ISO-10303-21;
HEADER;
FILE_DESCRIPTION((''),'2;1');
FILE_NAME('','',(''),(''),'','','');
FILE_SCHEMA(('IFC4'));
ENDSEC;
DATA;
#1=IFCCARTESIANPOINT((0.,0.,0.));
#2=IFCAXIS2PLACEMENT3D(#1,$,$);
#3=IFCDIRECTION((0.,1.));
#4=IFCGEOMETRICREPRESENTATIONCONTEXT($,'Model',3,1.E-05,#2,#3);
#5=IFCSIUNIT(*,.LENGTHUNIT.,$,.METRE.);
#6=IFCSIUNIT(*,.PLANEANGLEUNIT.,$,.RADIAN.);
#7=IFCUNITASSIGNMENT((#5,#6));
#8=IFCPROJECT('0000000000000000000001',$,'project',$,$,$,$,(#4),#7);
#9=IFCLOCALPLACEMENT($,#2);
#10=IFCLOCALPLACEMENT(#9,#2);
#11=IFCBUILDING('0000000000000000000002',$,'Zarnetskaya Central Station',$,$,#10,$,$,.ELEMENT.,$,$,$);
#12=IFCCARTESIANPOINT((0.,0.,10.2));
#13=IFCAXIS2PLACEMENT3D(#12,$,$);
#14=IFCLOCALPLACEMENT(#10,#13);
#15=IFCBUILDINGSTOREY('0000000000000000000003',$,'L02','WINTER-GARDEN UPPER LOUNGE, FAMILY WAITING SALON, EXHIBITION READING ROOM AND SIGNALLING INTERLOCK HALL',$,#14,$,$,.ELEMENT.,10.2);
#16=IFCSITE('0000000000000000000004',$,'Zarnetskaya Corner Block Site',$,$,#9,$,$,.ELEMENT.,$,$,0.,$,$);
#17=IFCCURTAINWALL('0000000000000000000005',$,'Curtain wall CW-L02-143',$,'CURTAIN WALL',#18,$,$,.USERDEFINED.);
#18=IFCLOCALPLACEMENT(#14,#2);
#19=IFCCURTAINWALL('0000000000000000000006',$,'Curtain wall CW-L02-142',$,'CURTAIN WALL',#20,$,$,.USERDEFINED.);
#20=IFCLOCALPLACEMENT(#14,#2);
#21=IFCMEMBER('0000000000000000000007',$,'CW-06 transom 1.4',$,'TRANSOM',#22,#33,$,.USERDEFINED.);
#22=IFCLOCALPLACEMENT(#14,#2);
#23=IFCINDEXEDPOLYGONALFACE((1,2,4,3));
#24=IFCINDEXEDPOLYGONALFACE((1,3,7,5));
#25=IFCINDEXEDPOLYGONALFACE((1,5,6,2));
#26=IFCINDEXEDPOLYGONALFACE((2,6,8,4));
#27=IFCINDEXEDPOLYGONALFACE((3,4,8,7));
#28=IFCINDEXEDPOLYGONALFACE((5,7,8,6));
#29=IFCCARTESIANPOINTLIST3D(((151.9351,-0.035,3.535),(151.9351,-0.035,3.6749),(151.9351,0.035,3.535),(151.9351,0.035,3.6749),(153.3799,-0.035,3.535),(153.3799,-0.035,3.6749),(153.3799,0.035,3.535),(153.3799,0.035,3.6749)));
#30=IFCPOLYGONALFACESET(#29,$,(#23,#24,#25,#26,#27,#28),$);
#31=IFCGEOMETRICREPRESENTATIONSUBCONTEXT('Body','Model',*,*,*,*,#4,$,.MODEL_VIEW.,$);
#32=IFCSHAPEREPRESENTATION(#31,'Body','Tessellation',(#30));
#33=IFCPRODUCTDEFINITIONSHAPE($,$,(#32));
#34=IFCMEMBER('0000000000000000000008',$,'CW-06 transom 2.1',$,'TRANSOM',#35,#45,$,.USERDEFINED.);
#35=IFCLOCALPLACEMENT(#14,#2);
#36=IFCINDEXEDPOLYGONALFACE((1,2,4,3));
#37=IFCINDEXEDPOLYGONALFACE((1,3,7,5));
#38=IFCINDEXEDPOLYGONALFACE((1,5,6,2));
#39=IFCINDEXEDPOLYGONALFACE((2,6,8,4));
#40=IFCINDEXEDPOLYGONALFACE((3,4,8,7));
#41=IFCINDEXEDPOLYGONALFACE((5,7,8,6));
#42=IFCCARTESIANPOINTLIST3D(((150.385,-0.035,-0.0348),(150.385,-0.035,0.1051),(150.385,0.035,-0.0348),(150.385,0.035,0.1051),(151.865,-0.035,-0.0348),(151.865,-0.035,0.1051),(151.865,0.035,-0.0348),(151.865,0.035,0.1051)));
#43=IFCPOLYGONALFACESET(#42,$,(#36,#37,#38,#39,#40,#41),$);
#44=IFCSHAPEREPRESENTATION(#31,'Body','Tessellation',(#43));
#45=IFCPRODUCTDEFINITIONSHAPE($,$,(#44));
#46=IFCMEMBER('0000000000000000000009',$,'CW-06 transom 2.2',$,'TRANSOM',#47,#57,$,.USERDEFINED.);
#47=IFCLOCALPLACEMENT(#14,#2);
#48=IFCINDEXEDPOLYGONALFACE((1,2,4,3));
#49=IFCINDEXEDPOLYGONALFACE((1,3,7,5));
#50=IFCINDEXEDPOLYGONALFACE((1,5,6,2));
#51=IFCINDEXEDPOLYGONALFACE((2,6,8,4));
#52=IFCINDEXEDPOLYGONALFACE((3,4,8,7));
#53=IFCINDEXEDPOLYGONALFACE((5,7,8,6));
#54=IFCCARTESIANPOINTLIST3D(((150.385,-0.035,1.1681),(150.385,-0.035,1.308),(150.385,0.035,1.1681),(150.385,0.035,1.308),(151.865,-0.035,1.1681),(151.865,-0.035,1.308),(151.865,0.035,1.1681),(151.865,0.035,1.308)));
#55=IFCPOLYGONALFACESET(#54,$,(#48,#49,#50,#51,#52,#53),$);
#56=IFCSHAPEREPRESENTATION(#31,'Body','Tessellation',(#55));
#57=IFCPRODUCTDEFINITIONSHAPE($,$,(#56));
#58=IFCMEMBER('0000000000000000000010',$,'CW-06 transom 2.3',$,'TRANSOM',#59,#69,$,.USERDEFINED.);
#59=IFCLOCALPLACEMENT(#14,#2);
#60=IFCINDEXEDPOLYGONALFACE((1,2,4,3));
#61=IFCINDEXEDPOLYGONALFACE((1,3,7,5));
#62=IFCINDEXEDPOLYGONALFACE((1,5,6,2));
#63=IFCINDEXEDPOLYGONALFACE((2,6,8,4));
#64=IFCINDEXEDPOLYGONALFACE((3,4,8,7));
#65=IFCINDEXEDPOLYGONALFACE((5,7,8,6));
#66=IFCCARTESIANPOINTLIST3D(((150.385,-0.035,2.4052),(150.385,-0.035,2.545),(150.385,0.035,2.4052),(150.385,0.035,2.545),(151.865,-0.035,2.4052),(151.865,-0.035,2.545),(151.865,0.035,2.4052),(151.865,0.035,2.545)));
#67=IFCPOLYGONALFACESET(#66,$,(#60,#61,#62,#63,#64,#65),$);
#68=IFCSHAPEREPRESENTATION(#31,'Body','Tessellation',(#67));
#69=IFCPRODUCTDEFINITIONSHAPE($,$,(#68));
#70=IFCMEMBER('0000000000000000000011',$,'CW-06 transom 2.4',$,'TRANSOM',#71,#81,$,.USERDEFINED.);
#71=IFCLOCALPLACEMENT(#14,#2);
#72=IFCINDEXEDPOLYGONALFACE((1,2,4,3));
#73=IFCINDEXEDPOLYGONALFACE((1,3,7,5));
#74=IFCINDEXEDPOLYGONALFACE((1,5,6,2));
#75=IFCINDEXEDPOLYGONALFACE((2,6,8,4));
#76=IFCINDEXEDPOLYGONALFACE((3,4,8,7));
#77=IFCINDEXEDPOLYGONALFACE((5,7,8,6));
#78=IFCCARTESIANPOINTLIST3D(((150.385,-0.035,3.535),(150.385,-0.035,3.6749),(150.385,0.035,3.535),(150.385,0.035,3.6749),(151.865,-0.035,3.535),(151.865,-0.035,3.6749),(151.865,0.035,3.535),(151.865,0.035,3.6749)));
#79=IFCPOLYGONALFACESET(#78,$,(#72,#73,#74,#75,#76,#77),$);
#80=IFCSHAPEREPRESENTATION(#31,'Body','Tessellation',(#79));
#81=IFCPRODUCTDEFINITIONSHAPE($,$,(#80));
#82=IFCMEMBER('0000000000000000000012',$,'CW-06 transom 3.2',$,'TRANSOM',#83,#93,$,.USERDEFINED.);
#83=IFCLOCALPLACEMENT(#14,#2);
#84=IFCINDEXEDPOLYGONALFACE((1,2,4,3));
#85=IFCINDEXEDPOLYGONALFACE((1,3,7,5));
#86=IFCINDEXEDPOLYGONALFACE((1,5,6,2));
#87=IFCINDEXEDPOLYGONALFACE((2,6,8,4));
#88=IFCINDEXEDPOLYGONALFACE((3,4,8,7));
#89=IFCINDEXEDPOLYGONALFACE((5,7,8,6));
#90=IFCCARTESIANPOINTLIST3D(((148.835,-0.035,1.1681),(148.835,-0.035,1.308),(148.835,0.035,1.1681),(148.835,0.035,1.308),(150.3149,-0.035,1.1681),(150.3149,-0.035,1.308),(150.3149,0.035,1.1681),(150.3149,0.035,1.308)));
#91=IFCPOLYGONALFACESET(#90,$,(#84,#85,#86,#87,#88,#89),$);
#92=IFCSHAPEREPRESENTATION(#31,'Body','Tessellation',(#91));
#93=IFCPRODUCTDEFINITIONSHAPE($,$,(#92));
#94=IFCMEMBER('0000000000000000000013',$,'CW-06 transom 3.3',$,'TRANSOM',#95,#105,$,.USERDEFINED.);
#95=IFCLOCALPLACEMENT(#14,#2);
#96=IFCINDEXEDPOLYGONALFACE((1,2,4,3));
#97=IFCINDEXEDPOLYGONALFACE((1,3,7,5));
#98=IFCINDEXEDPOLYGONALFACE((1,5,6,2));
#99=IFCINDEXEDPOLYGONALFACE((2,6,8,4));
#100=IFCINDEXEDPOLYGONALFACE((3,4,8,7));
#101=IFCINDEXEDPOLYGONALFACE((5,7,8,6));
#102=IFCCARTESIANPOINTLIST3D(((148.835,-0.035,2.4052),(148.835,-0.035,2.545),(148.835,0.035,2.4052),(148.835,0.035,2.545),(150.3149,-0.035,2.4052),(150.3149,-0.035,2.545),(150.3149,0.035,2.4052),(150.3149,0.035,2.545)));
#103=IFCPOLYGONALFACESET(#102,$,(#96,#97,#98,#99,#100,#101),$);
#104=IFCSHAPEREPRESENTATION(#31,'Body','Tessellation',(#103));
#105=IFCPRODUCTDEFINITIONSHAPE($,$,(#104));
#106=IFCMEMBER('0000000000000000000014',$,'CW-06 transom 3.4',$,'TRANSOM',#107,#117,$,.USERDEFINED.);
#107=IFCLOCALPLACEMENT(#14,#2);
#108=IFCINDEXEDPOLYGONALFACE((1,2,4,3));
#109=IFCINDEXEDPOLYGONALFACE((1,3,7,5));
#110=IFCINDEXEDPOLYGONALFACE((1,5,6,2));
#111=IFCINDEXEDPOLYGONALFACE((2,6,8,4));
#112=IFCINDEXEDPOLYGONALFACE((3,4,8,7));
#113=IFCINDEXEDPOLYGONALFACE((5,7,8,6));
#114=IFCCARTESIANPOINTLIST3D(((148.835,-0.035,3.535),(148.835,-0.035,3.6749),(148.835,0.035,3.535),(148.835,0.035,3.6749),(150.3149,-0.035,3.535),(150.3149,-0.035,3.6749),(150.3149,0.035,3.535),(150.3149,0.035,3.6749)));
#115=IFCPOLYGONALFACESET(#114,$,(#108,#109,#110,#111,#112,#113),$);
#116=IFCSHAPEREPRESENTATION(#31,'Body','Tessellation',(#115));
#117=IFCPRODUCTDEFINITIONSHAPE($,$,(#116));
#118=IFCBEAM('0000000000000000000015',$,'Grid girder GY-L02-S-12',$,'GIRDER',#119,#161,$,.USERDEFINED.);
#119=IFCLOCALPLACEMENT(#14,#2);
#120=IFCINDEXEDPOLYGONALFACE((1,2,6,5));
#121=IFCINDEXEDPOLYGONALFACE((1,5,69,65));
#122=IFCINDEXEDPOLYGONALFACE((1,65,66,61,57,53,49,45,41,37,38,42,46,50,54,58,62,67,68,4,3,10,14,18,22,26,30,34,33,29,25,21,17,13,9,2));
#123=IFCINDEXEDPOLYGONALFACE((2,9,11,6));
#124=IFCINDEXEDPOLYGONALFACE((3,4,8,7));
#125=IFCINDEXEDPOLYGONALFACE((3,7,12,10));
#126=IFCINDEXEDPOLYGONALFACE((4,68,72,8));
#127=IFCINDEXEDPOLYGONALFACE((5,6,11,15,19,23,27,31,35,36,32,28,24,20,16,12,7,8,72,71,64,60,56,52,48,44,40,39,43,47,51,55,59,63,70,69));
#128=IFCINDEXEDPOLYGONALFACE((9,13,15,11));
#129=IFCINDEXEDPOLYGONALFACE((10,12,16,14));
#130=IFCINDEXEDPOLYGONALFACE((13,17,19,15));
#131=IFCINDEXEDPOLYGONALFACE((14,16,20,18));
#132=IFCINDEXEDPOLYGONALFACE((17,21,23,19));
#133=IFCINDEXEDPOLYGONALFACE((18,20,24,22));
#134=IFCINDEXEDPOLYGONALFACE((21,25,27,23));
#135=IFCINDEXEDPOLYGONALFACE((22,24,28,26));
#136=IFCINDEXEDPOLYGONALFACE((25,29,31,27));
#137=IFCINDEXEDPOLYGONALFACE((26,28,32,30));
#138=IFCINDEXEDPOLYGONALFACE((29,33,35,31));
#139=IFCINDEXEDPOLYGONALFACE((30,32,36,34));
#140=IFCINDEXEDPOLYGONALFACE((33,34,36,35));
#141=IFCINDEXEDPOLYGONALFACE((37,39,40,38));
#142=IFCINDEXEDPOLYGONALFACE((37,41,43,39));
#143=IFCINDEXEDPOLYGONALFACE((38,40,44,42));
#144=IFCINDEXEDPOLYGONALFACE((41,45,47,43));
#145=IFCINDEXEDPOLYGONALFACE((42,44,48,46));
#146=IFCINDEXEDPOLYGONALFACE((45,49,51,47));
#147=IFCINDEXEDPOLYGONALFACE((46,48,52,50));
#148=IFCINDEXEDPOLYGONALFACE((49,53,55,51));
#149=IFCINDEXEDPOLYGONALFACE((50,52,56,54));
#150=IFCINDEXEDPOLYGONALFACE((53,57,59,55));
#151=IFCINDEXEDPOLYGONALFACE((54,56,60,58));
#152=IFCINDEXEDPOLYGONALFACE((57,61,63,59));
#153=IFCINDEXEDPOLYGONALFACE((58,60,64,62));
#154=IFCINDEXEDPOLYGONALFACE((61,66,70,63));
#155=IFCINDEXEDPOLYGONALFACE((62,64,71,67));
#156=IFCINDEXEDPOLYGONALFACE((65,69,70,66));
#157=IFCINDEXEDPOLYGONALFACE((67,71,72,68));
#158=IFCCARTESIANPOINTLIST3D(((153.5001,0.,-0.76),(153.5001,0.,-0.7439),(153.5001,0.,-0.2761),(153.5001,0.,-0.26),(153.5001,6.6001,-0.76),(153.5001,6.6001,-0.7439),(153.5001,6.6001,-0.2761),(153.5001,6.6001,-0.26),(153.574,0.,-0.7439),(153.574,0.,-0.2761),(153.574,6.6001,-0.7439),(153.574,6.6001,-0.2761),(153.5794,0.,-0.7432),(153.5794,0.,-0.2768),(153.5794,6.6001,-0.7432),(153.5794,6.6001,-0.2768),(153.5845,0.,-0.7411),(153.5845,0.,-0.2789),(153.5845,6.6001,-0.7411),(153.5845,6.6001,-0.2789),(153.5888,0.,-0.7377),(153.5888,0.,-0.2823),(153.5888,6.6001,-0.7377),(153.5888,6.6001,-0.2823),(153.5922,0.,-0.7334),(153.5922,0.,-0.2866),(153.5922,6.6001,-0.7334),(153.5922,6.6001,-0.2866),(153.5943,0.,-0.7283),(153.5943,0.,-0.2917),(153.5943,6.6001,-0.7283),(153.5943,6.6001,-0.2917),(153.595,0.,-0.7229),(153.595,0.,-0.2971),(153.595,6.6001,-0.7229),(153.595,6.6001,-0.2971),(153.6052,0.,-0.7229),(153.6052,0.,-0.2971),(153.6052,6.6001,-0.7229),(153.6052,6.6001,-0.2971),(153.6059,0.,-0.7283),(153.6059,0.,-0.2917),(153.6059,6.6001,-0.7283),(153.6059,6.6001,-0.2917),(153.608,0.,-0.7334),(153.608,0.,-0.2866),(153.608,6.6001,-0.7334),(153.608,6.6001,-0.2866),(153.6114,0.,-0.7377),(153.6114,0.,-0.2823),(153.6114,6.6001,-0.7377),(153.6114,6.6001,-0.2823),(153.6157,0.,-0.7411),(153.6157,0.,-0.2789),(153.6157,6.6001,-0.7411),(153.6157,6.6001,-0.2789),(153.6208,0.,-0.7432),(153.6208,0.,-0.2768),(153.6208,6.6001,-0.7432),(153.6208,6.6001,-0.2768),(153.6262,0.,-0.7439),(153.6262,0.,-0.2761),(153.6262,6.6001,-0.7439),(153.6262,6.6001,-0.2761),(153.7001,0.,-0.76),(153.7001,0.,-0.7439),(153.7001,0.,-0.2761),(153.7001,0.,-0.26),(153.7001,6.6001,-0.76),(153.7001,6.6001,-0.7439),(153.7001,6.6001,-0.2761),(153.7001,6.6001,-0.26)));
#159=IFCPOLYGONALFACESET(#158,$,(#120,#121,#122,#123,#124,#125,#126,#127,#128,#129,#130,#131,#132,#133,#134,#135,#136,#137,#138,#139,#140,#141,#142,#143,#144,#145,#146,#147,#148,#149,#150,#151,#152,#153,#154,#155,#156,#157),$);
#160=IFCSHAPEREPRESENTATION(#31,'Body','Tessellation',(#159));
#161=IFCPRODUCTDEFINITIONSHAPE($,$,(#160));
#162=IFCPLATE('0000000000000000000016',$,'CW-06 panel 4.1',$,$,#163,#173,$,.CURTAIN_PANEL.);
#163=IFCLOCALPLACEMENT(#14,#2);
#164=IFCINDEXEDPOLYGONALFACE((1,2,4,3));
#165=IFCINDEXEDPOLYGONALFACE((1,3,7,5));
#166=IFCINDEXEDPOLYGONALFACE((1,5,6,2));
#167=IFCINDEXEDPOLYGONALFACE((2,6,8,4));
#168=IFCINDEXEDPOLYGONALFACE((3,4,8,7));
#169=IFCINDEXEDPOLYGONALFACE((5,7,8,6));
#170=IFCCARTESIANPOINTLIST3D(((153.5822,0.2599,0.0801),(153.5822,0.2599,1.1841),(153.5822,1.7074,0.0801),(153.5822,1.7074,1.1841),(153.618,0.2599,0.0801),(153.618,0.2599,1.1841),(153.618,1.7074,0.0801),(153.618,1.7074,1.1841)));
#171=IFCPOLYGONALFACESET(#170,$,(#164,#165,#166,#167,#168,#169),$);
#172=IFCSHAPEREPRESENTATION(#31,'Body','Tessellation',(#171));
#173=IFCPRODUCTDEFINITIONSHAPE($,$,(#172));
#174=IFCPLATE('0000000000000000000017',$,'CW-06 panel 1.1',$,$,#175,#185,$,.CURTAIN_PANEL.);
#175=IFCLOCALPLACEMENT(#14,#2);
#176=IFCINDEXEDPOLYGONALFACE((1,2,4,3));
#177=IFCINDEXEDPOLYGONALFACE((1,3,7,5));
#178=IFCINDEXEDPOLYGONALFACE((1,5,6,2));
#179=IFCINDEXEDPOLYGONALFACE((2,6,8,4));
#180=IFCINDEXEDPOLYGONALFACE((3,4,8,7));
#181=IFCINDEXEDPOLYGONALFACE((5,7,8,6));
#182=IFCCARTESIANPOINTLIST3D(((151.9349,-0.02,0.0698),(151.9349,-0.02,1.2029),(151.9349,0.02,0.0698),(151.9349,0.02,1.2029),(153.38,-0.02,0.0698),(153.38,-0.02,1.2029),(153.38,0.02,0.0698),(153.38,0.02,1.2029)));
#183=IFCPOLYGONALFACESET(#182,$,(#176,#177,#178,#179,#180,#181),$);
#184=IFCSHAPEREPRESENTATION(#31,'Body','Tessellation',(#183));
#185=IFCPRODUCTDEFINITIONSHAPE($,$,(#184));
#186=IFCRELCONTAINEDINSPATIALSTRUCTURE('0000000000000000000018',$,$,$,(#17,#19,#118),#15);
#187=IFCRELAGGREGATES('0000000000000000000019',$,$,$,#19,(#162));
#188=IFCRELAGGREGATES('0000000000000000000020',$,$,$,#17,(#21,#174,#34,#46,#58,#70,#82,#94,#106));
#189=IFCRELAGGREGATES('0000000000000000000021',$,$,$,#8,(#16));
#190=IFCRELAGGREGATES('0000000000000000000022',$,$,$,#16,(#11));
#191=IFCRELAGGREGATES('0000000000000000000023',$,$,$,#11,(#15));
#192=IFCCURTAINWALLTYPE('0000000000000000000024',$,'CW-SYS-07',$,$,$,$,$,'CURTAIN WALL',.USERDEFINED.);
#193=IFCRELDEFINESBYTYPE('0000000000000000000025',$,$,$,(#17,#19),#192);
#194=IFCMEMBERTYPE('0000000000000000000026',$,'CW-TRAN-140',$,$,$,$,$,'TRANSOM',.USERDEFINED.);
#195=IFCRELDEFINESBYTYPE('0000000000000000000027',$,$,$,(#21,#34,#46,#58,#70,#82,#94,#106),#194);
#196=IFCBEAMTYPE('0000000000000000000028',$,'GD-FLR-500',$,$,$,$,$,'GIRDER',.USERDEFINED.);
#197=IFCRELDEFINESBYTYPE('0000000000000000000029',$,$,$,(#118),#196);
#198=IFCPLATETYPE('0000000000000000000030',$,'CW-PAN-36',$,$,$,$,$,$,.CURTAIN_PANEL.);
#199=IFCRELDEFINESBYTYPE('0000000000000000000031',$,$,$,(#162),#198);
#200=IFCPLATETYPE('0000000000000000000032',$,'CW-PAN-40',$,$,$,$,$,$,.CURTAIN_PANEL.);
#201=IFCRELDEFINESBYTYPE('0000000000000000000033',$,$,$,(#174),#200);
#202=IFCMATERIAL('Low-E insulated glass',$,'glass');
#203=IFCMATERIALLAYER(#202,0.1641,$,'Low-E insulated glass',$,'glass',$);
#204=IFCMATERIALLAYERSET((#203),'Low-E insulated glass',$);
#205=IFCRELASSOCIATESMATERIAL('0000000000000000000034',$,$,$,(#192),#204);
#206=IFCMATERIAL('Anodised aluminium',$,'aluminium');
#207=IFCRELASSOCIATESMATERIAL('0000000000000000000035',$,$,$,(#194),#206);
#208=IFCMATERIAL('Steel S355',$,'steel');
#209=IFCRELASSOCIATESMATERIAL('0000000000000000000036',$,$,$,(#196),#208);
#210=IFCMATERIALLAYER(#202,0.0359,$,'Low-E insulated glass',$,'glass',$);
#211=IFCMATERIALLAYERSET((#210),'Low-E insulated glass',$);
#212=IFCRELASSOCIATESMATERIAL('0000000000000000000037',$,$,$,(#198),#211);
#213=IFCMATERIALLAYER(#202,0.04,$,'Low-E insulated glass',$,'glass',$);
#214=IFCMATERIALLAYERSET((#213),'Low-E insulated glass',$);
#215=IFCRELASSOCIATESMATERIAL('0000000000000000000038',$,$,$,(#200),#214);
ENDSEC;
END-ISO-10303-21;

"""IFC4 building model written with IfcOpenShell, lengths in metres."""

from ifc_helpers import new_model, si_unit, direction, frame, origin, origin_2d, place, context, subcontext, project, spatial, rectangle, i_section, extrude, material, layer, layer_set, material_profile, profile_set, type_object, element, aggregate, save


model = new_model("IFC4")

# Units and contexts
model_context = context("Model", 3, precision=1e-05, world=origin(), true_north=direction((0.0, 1.0)))
body_context = subcontext(model_context, "Body", "Model", "MODEL_VIEW")
ifc_project = project(units=[si_unit("LENGTHUNIT", "METRE"), si_unit("PLANEANGLEUNIT", "RADIAN")], contexts=[model_context])

# Site, building, storey
site_placement = place(None, origin())
site = spatial("IfcSite", under=ifc_project, at=site_placement, Name="Zarnetskaya Corner Block Site", CompositionType="ELEMENT", RefElevation=0.0)
building_placement = place(site_placement, origin())
building = spatial("IfcBuilding", under=site, at=building_placement, Name="Zarnetskaya Central Station", CompositionType="ELEMENT")
storey_placement = place(building_placement, frame((0.0, 0.0, 10.2)))
storey = spatial("IfcBuildingStorey", under=building, at=storey_placement, Name="L02", Description="WINTER-GARDEN UPPER LOUNGE, FAMILY WAITING SALON, EXHIBITION READING ROOM AND SIGNALLING INTERLOCK HALL", CompositionType="ELEMENT", Elevation=10.2)

# Shared definitions
ifc_material_1 = material(Name="Steel S355", Category="steel")

# Curtain wall
ifc_material_2 = material(Name="Low-E insulated glass", Category="glass")
ifc_layer_1 = layer(ifc_material_2, 0.1641, Name="Low-E insulated glass", Category="glass")
ifc_layer_set_1 = layer_set([ifc_layer_1], Name="Low-E insulated glass")
curtain_wall_type = type_object("IfcCurtainWallType", Name="CW-SYS-07", ElementType="CURTAIN WALL", PredefinedType="USERDEFINED", material=ifc_layer_set_1)
curtain_wall_1_placement = place(storey_placement, origin())
curtain_wall_1 = element("IfcCurtainWall", 1, at=curtain_wall_1_placement, inside=storey, type_object=curtain_wall_type, Name="Curtain wall CW-L02-143", ObjectType="CURTAIN WALL", PredefinedType="USERDEFINED")
ifc_material_3 = material(Name="Anodised aluminium", Category="aluminium")

# Curtain wall
curtain_wall_2_placement = place(storey_placement, origin())
curtain_wall_2 = element("IfcCurtainWall", 2, at=curtain_wall_2_placement, inside=storey, type_object=curtain_wall_type, Name="Curtain wall CW-L02-142", ObjectType="CURTAIN WALL", PredefinedType="USERDEFINED")

# Members
ifc_material_profile_1 = material_profile(ifc_material_3, rectangle(XDim=0.0701, YDim=0.1399, at=origin_2d()), Name="ALU TRAN 70x140")
ifc_profile_set_1 = profile_set([ifc_material_profile_1], Name="Anodised aluminium")
member_type_1 = type_object("IfcMemberType", Name="CW-TRAN-140", ElementType="TRANSOM", PredefinedType="USERDEFINED", material=ifc_profile_set_1)
member_1_placement = place(storey_placement, frame((153.3799, 0.0, 3.605), z_axis=(-1.0, 0.0, 0.0), x_axis=(0.0, -1.0, 0.0)))
member_1 = element("IfcMember", 3, at=member_1_placement, type_object=member_type_1, Name="CW-06 transom 1.4", ObjectType="TRANSOM", PredefinedType="USERDEFINED", context=body_context, shape_type="SweptSolid", body=[
    extrude(rectangle(XDim=0.0701, YDim=0.1399, at=origin_2d()), origin(), (0.0, 0.0, 1.0), 1.4448),
])
member_2_placement = place(storey_placement, frame((151.865, 0.0, 0.0352), z_axis=(-1.0, 0.0, 0.0), x_axis=(0.0, -1.0, 0.0)))
member_2 = element("IfcMember", 4, at=member_2_placement, type_object=member_type_1, Name="CW-06 transom 2.1", ObjectType="TRANSOM", PredefinedType="USERDEFINED", context=body_context, shape_type="SweptSolid", body=[
    extrude(rectangle(XDim=0.0701, YDim=0.1399, at=origin_2d()), origin(), (0.0, 0.0, 1.0), 1.48),
])
member_3_placement = place(storey_placement, frame((151.865, 0.0, 1.238), z_axis=(-1.0, 0.0, 0.0), x_axis=(0.0, -1.0, 0.0)))
member_3 = element("IfcMember", 5, at=member_3_placement, type_object=member_type_1, Name="CW-06 transom 2.2", ObjectType="TRANSOM", PredefinedType="USERDEFINED", context=body_context, shape_type="SweptSolid", body=[
    extrude(rectangle(XDim=0.0701, YDim=0.1399, at=origin_2d()), origin(), (0.0, 0.0, 1.0), 1.48),
])
member_4_placement = place(storey_placement, frame((151.865, 0.0, 2.4751), z_axis=(-1.0, 0.0, 0.0), x_axis=(0.0, -1.0, 0.0)))
member_4 = element("IfcMember", 6, at=member_4_placement, type_object=member_type_1, Name="CW-06 transom 2.3", ObjectType="TRANSOM", PredefinedType="USERDEFINED", context=body_context, shape_type="SweptSolid", body=[
    extrude(rectangle(XDim=0.0701, YDim=0.1399, at=origin_2d()), origin(), (0.0, 0.0, 1.0), 1.48),
])
member_5_placement = place(storey_placement, frame((151.865, 0.0, 3.605), z_axis=(-1.0, 0.0, 0.0), x_axis=(0.0, -1.0, 0.0)))
member_5 = element("IfcMember", 7, at=member_5_placement, type_object=member_type_1, Name="CW-06 transom 2.4", ObjectType="TRANSOM", PredefinedType="USERDEFINED", context=body_context, shape_type="SweptSolid", body=[
    extrude(rectangle(XDim=0.0701, YDim=0.1399, at=origin_2d()), origin(), (0.0, 0.0, 1.0), 1.48),
])
member_6_placement = place(storey_placement, frame((150.3149, 0.0, 1.238), z_axis=(-1.0, 0.0, 0.0), x_axis=(0.0, -1.0, 0.0)))
member_6 = element("IfcMember", 8, at=member_6_placement, type_object=member_type_1, Name="CW-06 transom 3.2", ObjectType="TRANSOM", PredefinedType="USERDEFINED", context=body_context, shape_type="SweptSolid", body=[
    extrude(rectangle(XDim=0.0701, YDim=0.1399, at=origin_2d()), origin(), (0.0, 0.0, 1.0), 1.48),
])
member_7_placement = place(storey_placement, frame((150.3149, 0.0, 2.4751), z_axis=(-1.0, 0.0, 0.0), x_axis=(0.0, -1.0, 0.0)))
member_7 = element("IfcMember", 9, at=member_7_placement, type_object=member_type_1, Name="CW-06 transom 3.3", ObjectType="TRANSOM", PredefinedType="USERDEFINED", context=body_context, shape_type="SweptSolid", body=[
    extrude(rectangle(XDim=0.0701, YDim=0.1399, at=origin_2d()), origin(), (0.0, 0.0, 1.0), 1.48),
])
member_8_placement = place(storey_placement, frame((150.3149, 0.0, 3.605), z_axis=(-1.0, 0.0, 0.0), x_axis=(0.0, -1.0, 0.0)))
member_8 = element("IfcMember", 10, at=member_8_placement, type_object=member_type_1, Name="CW-06 transom 3.4", ObjectType="TRANSOM", PredefinedType="USERDEFINED", context=body_context, shape_type="SweptSolid", body=[
    extrude(rectangle(XDim=0.0701, YDim=0.1399, at=origin_2d()), origin(), (0.0, 0.0, 1.0), 1.48),
])

# Beam
ifc_material_profile_2 = material_profile(ifc_material_1, i_section(OverallWidth=0.2, OverallDepth=0.5, WebThickness=0.0103, FlangeThickness=0.0161, FilletRadius=0.021, at=origin_2d()), Name="IPE 500")
ifc_profile_set_2 = profile_set([ifc_material_profile_2], Name="Steel S355")
beam_type_1 = type_object("IfcBeamType", Name="GD-FLR-500", ElementType="GIRDER", PredefinedType="USERDEFINED", material=ifc_profile_set_2)
beam_1_placement = place(storey_placement, frame((153.6001, 0.0, -0.51), z_axis=(0.0, 1.0, 0.0), x_axis=(-1.0, 0.0, 0.0)))
element("IfcBeam", 11, at=beam_1_placement, inside=storey, type_object=beam_type_1, Name="Grid girder GY-L02-S-12", ObjectType="GIRDER", PredefinedType="USERDEFINED", context=body_context, shape_type="SweptSolid", body=[
    extrude(i_section(OverallWidth=0.2, OverallDepth=0.5, WebThickness=0.0103, FlangeThickness=0.0161, FilletRadius=0.021, at=origin_2d()), origin(), (0.0, 0.0, 1.0), 6.6001),
])

# Plates
ifc_layer_2 = layer(ifc_material_2, 0.0359, Name="Low-E insulated glass", Category="glass")
ifc_layer_set_2 = layer_set([ifc_layer_2], Name="Low-E insulated glass")
plate_type_1 = type_object("IfcPlateType", Name="CW-PAN-36", PredefinedType="CURTAIN_PANEL", material=ifc_layer_set_2)
plate_1_placement = place(storey_placement, frame((153.6001, 0.9836, 0.0801), z_axis=(0.0, 0.0, 1.0), x_axis=(0.0, -1.0, 0.0)))
plate_1 = element("IfcPlate", 12, at=plate_1_placement, type_object=plate_type_1, Name="CW-06 panel 4.1", PredefinedType="CURTAIN_PANEL", context=body_context, shape_type="SweptSolid", body=[
    extrude(rectangle(XDim=1.4475, YDim=0.0359, at=origin_2d()), origin(), (0.0, 0.0, 1.0), 1.104),
])
aggregate(curtain_wall_2, [plate_1])
ifc_layer_3 = layer(ifc_material_2, 0.04, Name="Low-E insulated glass", Category="glass")
ifc_layer_set_3 = layer_set([ifc_layer_3], Name="Low-E insulated glass")
plate_type_2 = type_object("IfcPlateType", Name="CW-PAN-40", PredefinedType="CURTAIN_PANEL", material=ifc_layer_set_3)
plate_2_placement = place(storey_placement, frame((152.6575, 0.0, 0.0698), z_axis=(0.0, 0.0, 1.0), x_axis=(-1.0, 0.0, 0.0)))
plate_2 = element("IfcPlate", 13, at=plate_2_placement, type_object=plate_type_2, Name="CW-06 panel 1.1", PredefinedType="CURTAIN_PANEL", context=body_context, shape_type="SweptSolid", body=[
    extrude(rectangle(XDim=1.4451, YDim=0.04, at=origin_2d()), origin(), (0.0, 0.0, 1.0), 1.1331),
])
aggregate(curtain_wall_1, [member_1, plate_2, member_2, member_3, member_4, member_5, member_6, member_7, member_8])

save(model, "model.ifc")
